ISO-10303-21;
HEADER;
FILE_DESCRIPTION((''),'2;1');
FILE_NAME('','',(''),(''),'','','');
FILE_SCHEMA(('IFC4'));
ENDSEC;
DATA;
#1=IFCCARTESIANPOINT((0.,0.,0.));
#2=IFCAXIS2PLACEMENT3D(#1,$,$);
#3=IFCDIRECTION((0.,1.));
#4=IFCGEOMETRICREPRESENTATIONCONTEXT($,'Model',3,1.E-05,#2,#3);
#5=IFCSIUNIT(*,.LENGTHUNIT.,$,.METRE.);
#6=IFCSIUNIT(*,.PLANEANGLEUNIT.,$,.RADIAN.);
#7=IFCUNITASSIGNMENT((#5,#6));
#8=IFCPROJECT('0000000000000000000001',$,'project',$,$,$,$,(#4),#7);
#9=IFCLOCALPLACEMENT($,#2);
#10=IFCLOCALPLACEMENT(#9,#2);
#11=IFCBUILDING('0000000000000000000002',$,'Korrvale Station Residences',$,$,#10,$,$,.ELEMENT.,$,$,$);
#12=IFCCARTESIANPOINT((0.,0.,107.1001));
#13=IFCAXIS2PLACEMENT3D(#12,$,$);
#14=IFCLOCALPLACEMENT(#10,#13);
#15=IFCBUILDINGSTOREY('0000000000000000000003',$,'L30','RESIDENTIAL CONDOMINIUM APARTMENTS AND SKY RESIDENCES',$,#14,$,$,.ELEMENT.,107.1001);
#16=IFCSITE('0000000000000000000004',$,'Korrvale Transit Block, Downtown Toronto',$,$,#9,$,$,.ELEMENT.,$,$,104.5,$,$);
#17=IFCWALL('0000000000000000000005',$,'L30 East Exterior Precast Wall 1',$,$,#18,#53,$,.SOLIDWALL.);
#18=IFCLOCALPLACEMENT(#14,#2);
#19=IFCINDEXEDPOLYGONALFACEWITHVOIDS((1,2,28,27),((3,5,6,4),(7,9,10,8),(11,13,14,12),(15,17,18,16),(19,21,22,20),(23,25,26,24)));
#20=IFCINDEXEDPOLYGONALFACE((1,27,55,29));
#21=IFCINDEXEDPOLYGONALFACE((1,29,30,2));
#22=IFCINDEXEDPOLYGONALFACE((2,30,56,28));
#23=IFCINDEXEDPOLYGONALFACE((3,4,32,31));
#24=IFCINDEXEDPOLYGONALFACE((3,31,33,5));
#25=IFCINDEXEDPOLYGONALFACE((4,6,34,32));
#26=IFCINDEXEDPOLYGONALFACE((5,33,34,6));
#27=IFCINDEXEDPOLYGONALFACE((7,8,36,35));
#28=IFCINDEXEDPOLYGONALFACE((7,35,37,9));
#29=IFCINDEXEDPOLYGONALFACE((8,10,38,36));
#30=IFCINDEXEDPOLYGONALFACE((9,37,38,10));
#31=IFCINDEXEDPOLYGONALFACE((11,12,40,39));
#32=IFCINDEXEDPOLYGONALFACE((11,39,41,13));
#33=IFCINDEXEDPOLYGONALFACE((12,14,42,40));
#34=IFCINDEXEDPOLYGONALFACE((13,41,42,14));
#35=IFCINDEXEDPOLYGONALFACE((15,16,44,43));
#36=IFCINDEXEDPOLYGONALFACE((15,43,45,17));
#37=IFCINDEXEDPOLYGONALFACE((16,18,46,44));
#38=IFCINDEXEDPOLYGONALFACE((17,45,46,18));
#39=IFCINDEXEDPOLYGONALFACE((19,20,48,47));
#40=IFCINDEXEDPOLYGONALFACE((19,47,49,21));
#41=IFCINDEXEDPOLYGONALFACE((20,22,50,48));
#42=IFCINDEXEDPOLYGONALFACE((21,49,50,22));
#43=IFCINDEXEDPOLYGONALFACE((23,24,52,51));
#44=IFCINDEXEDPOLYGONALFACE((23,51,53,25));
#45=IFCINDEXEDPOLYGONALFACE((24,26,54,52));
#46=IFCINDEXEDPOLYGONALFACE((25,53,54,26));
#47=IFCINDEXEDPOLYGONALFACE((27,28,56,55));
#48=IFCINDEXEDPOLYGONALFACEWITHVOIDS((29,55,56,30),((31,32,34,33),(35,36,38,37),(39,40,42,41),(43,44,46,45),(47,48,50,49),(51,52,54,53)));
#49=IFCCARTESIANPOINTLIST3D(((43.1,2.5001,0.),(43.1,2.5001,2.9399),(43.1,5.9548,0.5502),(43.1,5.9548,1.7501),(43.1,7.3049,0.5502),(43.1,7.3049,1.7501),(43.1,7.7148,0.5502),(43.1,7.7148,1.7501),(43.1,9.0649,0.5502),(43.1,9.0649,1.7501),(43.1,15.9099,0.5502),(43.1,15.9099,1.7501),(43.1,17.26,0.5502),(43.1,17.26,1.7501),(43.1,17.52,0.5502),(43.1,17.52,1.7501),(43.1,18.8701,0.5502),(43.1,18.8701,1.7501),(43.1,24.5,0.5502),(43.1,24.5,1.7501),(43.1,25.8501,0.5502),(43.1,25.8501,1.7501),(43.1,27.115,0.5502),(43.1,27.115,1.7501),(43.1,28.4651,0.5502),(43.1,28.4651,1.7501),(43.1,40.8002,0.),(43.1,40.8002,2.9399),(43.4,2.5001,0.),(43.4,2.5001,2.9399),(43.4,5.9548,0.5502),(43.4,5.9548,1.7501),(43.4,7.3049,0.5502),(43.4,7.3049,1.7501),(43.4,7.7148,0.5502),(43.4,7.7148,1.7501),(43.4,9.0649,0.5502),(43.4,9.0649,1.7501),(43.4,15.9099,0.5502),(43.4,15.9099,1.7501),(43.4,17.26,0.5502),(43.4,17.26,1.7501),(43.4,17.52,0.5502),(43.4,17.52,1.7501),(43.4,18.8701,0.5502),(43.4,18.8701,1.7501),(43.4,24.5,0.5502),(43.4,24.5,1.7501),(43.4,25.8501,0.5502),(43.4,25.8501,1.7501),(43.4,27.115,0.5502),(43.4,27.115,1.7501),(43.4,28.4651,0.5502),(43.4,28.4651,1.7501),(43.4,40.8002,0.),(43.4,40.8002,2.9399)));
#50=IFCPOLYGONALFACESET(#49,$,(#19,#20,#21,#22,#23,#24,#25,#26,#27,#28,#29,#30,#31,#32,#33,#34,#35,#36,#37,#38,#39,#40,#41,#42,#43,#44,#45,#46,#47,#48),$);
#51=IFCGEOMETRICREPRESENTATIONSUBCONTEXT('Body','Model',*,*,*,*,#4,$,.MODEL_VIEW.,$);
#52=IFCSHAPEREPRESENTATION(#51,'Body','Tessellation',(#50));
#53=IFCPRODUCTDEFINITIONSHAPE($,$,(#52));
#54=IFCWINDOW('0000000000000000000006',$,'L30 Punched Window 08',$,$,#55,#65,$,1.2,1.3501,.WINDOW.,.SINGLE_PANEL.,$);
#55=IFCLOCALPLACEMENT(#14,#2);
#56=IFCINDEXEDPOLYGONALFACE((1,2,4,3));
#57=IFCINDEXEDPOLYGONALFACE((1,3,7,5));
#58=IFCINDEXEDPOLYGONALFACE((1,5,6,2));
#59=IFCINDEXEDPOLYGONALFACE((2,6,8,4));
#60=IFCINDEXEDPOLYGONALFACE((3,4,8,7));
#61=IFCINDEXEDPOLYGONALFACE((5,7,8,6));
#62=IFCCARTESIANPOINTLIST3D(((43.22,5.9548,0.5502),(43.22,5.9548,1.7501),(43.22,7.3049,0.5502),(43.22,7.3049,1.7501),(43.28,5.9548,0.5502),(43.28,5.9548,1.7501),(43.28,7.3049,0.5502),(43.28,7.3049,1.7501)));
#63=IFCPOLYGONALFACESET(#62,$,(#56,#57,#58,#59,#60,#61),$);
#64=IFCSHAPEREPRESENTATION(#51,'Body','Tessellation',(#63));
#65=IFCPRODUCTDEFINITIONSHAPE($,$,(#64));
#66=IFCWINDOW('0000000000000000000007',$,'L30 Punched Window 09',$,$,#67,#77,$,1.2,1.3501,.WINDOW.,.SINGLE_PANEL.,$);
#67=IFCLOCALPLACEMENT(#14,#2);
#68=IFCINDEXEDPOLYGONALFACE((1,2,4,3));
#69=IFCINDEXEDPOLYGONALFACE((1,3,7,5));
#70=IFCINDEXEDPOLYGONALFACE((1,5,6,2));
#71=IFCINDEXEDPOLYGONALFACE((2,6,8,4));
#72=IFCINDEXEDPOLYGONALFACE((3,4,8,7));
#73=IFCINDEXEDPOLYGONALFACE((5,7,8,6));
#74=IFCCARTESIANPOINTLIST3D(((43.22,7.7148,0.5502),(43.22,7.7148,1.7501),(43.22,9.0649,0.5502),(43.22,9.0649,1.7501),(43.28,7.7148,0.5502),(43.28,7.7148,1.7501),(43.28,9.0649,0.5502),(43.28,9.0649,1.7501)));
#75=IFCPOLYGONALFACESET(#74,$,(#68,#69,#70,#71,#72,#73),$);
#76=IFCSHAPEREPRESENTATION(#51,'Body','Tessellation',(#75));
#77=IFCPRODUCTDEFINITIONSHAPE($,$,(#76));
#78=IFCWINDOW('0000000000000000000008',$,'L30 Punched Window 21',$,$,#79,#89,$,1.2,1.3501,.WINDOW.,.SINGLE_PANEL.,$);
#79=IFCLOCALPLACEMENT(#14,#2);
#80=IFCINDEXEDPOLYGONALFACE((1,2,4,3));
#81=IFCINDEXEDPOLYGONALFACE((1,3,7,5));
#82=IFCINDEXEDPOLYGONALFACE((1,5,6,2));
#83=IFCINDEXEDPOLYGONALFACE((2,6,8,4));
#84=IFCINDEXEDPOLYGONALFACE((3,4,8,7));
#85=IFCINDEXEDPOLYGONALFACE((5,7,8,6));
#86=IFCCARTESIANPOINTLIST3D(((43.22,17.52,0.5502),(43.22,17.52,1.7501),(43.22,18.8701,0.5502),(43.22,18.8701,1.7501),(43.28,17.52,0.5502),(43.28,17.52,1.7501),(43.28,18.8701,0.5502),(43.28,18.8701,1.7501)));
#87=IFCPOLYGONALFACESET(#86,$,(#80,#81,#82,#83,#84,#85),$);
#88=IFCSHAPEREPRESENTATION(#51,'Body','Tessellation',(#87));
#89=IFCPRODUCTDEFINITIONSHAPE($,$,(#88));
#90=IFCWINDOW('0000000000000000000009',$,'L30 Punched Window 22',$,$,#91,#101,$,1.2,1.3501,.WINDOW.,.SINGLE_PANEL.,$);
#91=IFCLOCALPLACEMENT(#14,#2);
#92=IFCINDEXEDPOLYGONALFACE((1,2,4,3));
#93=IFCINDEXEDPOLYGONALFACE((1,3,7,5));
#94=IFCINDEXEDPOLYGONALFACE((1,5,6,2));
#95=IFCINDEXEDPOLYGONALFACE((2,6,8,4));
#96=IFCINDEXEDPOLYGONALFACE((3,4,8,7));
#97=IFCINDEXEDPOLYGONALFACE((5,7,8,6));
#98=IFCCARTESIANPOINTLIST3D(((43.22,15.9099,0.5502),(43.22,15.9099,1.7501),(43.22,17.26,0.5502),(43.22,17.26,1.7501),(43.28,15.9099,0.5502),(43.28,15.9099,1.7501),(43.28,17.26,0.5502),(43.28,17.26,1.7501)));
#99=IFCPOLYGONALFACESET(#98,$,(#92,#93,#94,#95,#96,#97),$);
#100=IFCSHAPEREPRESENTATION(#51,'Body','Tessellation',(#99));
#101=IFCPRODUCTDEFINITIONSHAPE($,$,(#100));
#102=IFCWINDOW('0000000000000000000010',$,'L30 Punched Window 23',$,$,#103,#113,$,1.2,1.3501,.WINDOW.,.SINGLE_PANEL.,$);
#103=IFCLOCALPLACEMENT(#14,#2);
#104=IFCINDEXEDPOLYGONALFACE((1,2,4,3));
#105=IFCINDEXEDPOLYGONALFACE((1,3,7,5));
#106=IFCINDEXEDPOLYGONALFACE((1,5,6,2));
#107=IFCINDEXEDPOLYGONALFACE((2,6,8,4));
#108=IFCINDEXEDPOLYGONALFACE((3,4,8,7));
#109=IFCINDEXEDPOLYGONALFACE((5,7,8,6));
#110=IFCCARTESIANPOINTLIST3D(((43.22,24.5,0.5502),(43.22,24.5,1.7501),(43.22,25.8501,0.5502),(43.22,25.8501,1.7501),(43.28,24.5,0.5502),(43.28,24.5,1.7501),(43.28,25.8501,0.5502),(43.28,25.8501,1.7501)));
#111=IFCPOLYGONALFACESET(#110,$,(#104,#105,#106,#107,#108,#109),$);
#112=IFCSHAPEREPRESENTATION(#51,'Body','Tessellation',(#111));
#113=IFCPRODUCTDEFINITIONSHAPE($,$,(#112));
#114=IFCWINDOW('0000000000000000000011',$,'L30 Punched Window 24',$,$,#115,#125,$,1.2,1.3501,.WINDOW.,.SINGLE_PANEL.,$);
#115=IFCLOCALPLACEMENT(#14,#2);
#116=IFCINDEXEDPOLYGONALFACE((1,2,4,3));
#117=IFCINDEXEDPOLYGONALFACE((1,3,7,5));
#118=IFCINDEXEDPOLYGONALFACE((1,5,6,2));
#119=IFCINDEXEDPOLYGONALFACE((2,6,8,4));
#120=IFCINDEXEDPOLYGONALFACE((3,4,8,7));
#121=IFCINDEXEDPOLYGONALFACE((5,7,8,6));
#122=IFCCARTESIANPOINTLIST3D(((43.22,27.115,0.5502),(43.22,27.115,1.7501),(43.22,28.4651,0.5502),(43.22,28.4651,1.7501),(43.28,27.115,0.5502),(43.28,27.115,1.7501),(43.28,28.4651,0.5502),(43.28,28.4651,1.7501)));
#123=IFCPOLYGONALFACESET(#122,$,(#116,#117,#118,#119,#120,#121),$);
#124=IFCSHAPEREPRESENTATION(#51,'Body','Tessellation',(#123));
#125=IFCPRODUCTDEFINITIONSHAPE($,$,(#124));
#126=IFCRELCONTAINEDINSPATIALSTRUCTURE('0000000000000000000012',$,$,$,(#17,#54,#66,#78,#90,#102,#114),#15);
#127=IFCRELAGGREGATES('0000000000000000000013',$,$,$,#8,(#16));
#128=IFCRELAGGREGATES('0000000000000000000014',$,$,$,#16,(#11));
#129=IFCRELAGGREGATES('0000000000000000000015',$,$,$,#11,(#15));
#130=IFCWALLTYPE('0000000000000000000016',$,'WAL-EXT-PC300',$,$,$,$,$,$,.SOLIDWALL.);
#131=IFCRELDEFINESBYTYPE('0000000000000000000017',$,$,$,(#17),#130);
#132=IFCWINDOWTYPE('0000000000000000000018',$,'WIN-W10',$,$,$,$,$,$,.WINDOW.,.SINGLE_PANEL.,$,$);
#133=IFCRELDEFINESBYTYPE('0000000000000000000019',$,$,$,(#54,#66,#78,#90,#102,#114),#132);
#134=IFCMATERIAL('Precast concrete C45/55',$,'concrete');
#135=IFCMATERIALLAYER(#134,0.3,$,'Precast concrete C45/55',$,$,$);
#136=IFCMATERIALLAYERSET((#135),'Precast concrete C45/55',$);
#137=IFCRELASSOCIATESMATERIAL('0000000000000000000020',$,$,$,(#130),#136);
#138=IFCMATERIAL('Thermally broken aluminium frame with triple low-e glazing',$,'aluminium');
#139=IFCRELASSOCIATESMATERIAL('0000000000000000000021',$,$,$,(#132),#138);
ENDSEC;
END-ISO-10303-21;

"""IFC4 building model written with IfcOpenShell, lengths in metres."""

from ifc_helpers import new_model, si_unit, direction, frame, frame_2d, origin, place, context, subcontext, project, spatial, rectangle, extrude, material, layer, layer_set, type_object, element, fill, save


model = new_model("IFC4")

# Units and contexts
model_context = context("Model", 3, precision=1e-05, world=origin(), true_north=direction((0.0, 1.0)))
body_context = subcontext(model_context, "Body", "Model", "MODEL_VIEW")
ifc_project = project(units=[si_unit("LENGTHUNIT", "METRE"), si_unit("PLANEANGLEUNIT", "RADIAN")], contexts=[model_context])

# Site, building, storey
site_placement = place(None, origin())
site = spatial("IfcSite", under=ifc_project, at=site_placement, Name="Korrvale Transit Block, Downtown Toronto", CompositionType="ELEMENT", RefElevation=104.5)
building_placement = place(site_placement, origin())
building = spatial("IfcBuilding", under=site, at=building_placement, Name="Korrvale Station Residences", CompositionType="ELEMENT")
storey_placement = place(building_placement, frame((0.0, 0.0, 107.1001)))
storey = spatial("IfcBuildingStorey", under=building, at=storey_placement, Name="L30", Description="RESIDENTIAL CONDOMINIUM APARTMENTS AND SKY RESIDENCES", CompositionType="ELEMENT", Elevation=107.1001)

# Shared definitions
ifc_material_1 = material(Name="Precast concrete C45/55", Category="concrete")

# Shared definitions
ifc_layer_1 = layer(ifc_material_1, 0.3, Name="Precast concrete C45/55")
ifc_layer_set_1 = layer_set([ifc_layer_1], Name="Precast concrete C45/55")
wall_type_1 = type_object("IfcWallType", Name="WAL-EXT-PC300", PredefinedType="SOLIDWALL", material=ifc_layer_set_1)
ifc_material_2 = material(Name="Thermally broken aluminium frame with triple low-e glazing", Category="aluminium")

# Wall, openings, windows
wall_1_placement = place(storey_placement, frame((43.25, 40.8, 0.0), z_axis=(0.0, 0.0, 1.0), x_axis=(0.0, -1.0, 0.0)))
wall_1 = element("IfcWall", 1, at=wall_1_placement, inside=storey, type_object=wall_type_1, Name="L30 East Exterior Precast Wall 1", PredefinedType="SOLIDWALL", context=body_context, shape_type="SweptSolid", body=[
    extrude(rectangle(XDim=38.3, YDim=0.3, at=frame_2d((19.1499, 0.0))), origin(), (0.0, 0.0, 1.0), 2.9399),
])
opening_1_placement = place(wall_1_placement, frame((33.4951, 0.0, 0.55)))
opening_1 = element("IfcOpeningElement", 2, at=opening_1_placement, cuts=wall_1, PredefinedType="OPENING", context=body_context, shape_type="SweptSolid", body=[
    extrude(rectangle(XDim=1.3501, YDim=1.2, at=frame_2d((0.675, 0.6001))), frame((0.0, 0.1602, 0.0), z_axis=(0.0, -1.0, 0.0), x_axis=(1.0, 0.0, 0.0)), (0.0, 0.0, 1.0), 0.3201),
])
opening_2_placement = place(wall_1_placement, frame((31.7351, 0.0, 0.55)))
opening_2 = element("IfcOpeningElement", 3, at=opening_2_placement, cuts=wall_1, PredefinedType="OPENING", context=body_context, shape_type="SweptSolid", body=[
    extrude(rectangle(XDim=1.3501, YDim=1.2, at=frame_2d((0.675, 0.6001))), frame((0.0, 0.1602, 0.0), z_axis=(0.0, -1.0, 0.0), x_axis=(1.0, 0.0, 0.0)), (0.0, 0.0, 1.0), 0.3201),
])
opening_3_placement = place(wall_1_placement, frame((21.9299, 0.0, 0.55)))
opening_3 = element("IfcOpeningElement", 4, at=opening_3_placement, cuts=wall_1, PredefinedType="OPENING", context=body_context, shape_type="SweptSolid", body=[
    extrude(rectangle(XDim=1.3501, YDim=1.2, at=frame_2d((0.675, 0.6001))), frame((0.0, 0.1602, 0.0), z_axis=(0.0, -1.0, 0.0), x_axis=(1.0, 0.0, 0.0)), (0.0, 0.0, 1.0), 0.3201),
])
opening_4_placement = place(wall_1_placement, frame((23.54, 0.0, 0.55)))
opening_4 = element("IfcOpeningElement", 5, at=opening_4_placement, cuts=wall_1, PredefinedType="OPENING", context=body_context, shape_type="SweptSolid", body=[
    extrude(rectangle(XDim=1.3501, YDim=1.2, at=frame_2d((0.675, 0.6001))), frame((0.0, 0.1602, 0.0), z_axis=(0.0, -1.0, 0.0), x_axis=(1.0, 0.0, 0.0)), (0.0, 0.0, 1.0), 0.3201),
])
opening_5_placement = place(wall_1_placement, frame((14.95, 0.0, 0.55)))
opening_5 = element("IfcOpeningElement", 6, at=opening_5_placement, cuts=wall_1, PredefinedType="OPENING", context=body_context, shape_type="SweptSolid", body=[
    extrude(rectangle(XDim=1.3501, YDim=1.2, at=frame_2d((0.675, 0.6001))), frame((0.0, 0.1602, 0.0), z_axis=(0.0, -1.0, 0.0), x_axis=(1.0, 0.0, 0.0)), (0.0, 0.0, 1.0), 0.3201),
])
opening_6_placement = place(wall_1_placement, frame((12.335, 0.0, 0.55)))
opening_6 = element("IfcOpeningElement", 7, at=opening_6_placement, cuts=wall_1, PredefinedType="OPENING", context=body_context, shape_type="SweptSolid", body=[
    extrude(rectangle(XDim=1.3501, YDim=1.2, at=frame_2d((0.675, 0.6001))), frame((0.0, 0.1602, 0.0), z_axis=(0.0, -1.0, 0.0), x_axis=(1.0, 0.0, 0.0)), (0.0, 0.0, 1.0), 0.3201),
])
window_type_1 = type_object("IfcWindowType", Name="WIN-W10", PartitioningType="SINGLE_PANEL", PredefinedType="WINDOW", material=ifc_material_2)
window_1_placement = place(opening_1_placement, origin())
window_1 = element("IfcWindow", 8, at=window_1_placement, inside=storey, type_object=window_type_1, Name="L30 Punched Window 08", OverallHeight=1.2, OverallWidth=1.3501, PartitioningType="SINGLE_PANEL", PredefinedType="WINDOW", context=body_context, shape_type="SweptSolid", body=[
    extrude(rectangle(XDim=1.3501, YDim=1.2, at=frame_2d((0.675, 0.6001))), frame((0.0, 0.03, 0.0), z_axis=(0.0, -1.0, 0.0), x_axis=(1.0, 0.0, 0.0)), (0.0, 0.0, 1.0), 0.0601),
])
fill(opening_1, window_1)
window_2_placement = place(opening_2_placement, origin())
window_2 = element("IfcWindow", 9, at=window_2_placement, inside=storey, type_object=window_type_1, Name="L30 Punched Window 09", OverallHeight=1.2, OverallWidth=1.3501, PartitioningType="SINGLE_PANEL", PredefinedType="WINDOW", context=body_context, shape_type="SweptSolid", body=[
    extrude(rectangle(XDim=1.3501, YDim=1.2, at=frame_2d((0.675, 0.6001))), frame((0.0, 0.03, 0.0), z_axis=(0.0, -1.0, 0.0), x_axis=(1.0, 0.0, 0.0)), (0.0, 0.0, 1.0), 0.0601),
])
fill(opening_2, window_2)
window_3_placement = place(opening_3_placement, origin())
window_3 = element("IfcWindow", 10, at=window_3_placement, inside=storey, type_object=window_type_1, Name="L30 Punched Window 21", OverallHeight=1.2, OverallWidth=1.3501, PartitioningType="SINGLE_PANEL", PredefinedType="WINDOW", context=body_context, shape_type="SweptSolid", body=[
    extrude(rectangle(XDim=1.3501, YDim=1.2, at=frame_2d((0.675, 0.6001))), frame((0.0, 0.03, 0.0), z_axis=(0.0, -1.0, 0.0), x_axis=(1.0, 0.0, 0.0)), (0.0, 0.0, 1.0), 0.0601),
])
fill(opening_3, window_3)
window_4_placement = place(opening_4_placement, origin())
window_4 = element("IfcWindow", 11, at=window_4_placement, inside=storey, type_object=window_type_1, Name="L30 Punched Window 22", OverallHeight=1.2, OverallWidth=1.3501, PartitioningType="SINGLE_PANEL", PredefinedType="WINDOW", context=body_context, shape_type="SweptSolid", body=[
    extrude(rectangle(XDim=1.3501, YDim=1.2, at=frame_2d((0.675, 0.6001))), frame((0.0, 0.03, 0.0), z_axis=(0.0, -1.0, 0.0), x_axis=(1.0, 0.0, 0.0)), (0.0, 0.0, 1.0), 0.0601),
])
fill(opening_4, window_4)
window_5_placement = place(opening_5_placement, origin())
window_5 = element("IfcWindow", 12, at=window_5_placement, inside=storey, type_object=window_type_1, Name="L30 Punched Window 23", OverallHeight=1.2, OverallWidth=1.3501, PartitioningType="SINGLE_PANEL", PredefinedType="WINDOW", context=body_context, shape_type="SweptSolid", body=[
    extrude(rectangle(XDim=1.3501, YDim=1.2, at=frame_2d((0.675, 0.6001))), frame((0.0, 0.03, 0.0), z_axis=(0.0, -1.0, 0.0), x_axis=(1.0, 0.0, 0.0)), (0.0, 0.0, 1.0), 0.0601),
])
fill(opening_5, window_5)
window_6_placement = place(opening_6_placement, origin())
window_6 = element("IfcWindow", 13, at=window_6_placement, inside=storey, type_object=window_type_1, Name="L30 Punched Window 24", OverallHeight=1.2, OverallWidth=1.3501, PartitioningType="SINGLE_PANEL", PredefinedType="WINDOW", context=body_context, shape_type="SweptSolid", body=[
    extrude(rectangle(XDim=1.3501, YDim=1.2, at=frame_2d((0.675, 0.6001))), frame((0.0, 0.03, 0.0), z_axis=(0.0, -1.0, 0.0), x_axis=(1.0, 0.0, 0.0)), (0.0, 0.0, 1.0), 0.0601),
])
fill(opening_6, window_6)

save(model, "model.ifc")
